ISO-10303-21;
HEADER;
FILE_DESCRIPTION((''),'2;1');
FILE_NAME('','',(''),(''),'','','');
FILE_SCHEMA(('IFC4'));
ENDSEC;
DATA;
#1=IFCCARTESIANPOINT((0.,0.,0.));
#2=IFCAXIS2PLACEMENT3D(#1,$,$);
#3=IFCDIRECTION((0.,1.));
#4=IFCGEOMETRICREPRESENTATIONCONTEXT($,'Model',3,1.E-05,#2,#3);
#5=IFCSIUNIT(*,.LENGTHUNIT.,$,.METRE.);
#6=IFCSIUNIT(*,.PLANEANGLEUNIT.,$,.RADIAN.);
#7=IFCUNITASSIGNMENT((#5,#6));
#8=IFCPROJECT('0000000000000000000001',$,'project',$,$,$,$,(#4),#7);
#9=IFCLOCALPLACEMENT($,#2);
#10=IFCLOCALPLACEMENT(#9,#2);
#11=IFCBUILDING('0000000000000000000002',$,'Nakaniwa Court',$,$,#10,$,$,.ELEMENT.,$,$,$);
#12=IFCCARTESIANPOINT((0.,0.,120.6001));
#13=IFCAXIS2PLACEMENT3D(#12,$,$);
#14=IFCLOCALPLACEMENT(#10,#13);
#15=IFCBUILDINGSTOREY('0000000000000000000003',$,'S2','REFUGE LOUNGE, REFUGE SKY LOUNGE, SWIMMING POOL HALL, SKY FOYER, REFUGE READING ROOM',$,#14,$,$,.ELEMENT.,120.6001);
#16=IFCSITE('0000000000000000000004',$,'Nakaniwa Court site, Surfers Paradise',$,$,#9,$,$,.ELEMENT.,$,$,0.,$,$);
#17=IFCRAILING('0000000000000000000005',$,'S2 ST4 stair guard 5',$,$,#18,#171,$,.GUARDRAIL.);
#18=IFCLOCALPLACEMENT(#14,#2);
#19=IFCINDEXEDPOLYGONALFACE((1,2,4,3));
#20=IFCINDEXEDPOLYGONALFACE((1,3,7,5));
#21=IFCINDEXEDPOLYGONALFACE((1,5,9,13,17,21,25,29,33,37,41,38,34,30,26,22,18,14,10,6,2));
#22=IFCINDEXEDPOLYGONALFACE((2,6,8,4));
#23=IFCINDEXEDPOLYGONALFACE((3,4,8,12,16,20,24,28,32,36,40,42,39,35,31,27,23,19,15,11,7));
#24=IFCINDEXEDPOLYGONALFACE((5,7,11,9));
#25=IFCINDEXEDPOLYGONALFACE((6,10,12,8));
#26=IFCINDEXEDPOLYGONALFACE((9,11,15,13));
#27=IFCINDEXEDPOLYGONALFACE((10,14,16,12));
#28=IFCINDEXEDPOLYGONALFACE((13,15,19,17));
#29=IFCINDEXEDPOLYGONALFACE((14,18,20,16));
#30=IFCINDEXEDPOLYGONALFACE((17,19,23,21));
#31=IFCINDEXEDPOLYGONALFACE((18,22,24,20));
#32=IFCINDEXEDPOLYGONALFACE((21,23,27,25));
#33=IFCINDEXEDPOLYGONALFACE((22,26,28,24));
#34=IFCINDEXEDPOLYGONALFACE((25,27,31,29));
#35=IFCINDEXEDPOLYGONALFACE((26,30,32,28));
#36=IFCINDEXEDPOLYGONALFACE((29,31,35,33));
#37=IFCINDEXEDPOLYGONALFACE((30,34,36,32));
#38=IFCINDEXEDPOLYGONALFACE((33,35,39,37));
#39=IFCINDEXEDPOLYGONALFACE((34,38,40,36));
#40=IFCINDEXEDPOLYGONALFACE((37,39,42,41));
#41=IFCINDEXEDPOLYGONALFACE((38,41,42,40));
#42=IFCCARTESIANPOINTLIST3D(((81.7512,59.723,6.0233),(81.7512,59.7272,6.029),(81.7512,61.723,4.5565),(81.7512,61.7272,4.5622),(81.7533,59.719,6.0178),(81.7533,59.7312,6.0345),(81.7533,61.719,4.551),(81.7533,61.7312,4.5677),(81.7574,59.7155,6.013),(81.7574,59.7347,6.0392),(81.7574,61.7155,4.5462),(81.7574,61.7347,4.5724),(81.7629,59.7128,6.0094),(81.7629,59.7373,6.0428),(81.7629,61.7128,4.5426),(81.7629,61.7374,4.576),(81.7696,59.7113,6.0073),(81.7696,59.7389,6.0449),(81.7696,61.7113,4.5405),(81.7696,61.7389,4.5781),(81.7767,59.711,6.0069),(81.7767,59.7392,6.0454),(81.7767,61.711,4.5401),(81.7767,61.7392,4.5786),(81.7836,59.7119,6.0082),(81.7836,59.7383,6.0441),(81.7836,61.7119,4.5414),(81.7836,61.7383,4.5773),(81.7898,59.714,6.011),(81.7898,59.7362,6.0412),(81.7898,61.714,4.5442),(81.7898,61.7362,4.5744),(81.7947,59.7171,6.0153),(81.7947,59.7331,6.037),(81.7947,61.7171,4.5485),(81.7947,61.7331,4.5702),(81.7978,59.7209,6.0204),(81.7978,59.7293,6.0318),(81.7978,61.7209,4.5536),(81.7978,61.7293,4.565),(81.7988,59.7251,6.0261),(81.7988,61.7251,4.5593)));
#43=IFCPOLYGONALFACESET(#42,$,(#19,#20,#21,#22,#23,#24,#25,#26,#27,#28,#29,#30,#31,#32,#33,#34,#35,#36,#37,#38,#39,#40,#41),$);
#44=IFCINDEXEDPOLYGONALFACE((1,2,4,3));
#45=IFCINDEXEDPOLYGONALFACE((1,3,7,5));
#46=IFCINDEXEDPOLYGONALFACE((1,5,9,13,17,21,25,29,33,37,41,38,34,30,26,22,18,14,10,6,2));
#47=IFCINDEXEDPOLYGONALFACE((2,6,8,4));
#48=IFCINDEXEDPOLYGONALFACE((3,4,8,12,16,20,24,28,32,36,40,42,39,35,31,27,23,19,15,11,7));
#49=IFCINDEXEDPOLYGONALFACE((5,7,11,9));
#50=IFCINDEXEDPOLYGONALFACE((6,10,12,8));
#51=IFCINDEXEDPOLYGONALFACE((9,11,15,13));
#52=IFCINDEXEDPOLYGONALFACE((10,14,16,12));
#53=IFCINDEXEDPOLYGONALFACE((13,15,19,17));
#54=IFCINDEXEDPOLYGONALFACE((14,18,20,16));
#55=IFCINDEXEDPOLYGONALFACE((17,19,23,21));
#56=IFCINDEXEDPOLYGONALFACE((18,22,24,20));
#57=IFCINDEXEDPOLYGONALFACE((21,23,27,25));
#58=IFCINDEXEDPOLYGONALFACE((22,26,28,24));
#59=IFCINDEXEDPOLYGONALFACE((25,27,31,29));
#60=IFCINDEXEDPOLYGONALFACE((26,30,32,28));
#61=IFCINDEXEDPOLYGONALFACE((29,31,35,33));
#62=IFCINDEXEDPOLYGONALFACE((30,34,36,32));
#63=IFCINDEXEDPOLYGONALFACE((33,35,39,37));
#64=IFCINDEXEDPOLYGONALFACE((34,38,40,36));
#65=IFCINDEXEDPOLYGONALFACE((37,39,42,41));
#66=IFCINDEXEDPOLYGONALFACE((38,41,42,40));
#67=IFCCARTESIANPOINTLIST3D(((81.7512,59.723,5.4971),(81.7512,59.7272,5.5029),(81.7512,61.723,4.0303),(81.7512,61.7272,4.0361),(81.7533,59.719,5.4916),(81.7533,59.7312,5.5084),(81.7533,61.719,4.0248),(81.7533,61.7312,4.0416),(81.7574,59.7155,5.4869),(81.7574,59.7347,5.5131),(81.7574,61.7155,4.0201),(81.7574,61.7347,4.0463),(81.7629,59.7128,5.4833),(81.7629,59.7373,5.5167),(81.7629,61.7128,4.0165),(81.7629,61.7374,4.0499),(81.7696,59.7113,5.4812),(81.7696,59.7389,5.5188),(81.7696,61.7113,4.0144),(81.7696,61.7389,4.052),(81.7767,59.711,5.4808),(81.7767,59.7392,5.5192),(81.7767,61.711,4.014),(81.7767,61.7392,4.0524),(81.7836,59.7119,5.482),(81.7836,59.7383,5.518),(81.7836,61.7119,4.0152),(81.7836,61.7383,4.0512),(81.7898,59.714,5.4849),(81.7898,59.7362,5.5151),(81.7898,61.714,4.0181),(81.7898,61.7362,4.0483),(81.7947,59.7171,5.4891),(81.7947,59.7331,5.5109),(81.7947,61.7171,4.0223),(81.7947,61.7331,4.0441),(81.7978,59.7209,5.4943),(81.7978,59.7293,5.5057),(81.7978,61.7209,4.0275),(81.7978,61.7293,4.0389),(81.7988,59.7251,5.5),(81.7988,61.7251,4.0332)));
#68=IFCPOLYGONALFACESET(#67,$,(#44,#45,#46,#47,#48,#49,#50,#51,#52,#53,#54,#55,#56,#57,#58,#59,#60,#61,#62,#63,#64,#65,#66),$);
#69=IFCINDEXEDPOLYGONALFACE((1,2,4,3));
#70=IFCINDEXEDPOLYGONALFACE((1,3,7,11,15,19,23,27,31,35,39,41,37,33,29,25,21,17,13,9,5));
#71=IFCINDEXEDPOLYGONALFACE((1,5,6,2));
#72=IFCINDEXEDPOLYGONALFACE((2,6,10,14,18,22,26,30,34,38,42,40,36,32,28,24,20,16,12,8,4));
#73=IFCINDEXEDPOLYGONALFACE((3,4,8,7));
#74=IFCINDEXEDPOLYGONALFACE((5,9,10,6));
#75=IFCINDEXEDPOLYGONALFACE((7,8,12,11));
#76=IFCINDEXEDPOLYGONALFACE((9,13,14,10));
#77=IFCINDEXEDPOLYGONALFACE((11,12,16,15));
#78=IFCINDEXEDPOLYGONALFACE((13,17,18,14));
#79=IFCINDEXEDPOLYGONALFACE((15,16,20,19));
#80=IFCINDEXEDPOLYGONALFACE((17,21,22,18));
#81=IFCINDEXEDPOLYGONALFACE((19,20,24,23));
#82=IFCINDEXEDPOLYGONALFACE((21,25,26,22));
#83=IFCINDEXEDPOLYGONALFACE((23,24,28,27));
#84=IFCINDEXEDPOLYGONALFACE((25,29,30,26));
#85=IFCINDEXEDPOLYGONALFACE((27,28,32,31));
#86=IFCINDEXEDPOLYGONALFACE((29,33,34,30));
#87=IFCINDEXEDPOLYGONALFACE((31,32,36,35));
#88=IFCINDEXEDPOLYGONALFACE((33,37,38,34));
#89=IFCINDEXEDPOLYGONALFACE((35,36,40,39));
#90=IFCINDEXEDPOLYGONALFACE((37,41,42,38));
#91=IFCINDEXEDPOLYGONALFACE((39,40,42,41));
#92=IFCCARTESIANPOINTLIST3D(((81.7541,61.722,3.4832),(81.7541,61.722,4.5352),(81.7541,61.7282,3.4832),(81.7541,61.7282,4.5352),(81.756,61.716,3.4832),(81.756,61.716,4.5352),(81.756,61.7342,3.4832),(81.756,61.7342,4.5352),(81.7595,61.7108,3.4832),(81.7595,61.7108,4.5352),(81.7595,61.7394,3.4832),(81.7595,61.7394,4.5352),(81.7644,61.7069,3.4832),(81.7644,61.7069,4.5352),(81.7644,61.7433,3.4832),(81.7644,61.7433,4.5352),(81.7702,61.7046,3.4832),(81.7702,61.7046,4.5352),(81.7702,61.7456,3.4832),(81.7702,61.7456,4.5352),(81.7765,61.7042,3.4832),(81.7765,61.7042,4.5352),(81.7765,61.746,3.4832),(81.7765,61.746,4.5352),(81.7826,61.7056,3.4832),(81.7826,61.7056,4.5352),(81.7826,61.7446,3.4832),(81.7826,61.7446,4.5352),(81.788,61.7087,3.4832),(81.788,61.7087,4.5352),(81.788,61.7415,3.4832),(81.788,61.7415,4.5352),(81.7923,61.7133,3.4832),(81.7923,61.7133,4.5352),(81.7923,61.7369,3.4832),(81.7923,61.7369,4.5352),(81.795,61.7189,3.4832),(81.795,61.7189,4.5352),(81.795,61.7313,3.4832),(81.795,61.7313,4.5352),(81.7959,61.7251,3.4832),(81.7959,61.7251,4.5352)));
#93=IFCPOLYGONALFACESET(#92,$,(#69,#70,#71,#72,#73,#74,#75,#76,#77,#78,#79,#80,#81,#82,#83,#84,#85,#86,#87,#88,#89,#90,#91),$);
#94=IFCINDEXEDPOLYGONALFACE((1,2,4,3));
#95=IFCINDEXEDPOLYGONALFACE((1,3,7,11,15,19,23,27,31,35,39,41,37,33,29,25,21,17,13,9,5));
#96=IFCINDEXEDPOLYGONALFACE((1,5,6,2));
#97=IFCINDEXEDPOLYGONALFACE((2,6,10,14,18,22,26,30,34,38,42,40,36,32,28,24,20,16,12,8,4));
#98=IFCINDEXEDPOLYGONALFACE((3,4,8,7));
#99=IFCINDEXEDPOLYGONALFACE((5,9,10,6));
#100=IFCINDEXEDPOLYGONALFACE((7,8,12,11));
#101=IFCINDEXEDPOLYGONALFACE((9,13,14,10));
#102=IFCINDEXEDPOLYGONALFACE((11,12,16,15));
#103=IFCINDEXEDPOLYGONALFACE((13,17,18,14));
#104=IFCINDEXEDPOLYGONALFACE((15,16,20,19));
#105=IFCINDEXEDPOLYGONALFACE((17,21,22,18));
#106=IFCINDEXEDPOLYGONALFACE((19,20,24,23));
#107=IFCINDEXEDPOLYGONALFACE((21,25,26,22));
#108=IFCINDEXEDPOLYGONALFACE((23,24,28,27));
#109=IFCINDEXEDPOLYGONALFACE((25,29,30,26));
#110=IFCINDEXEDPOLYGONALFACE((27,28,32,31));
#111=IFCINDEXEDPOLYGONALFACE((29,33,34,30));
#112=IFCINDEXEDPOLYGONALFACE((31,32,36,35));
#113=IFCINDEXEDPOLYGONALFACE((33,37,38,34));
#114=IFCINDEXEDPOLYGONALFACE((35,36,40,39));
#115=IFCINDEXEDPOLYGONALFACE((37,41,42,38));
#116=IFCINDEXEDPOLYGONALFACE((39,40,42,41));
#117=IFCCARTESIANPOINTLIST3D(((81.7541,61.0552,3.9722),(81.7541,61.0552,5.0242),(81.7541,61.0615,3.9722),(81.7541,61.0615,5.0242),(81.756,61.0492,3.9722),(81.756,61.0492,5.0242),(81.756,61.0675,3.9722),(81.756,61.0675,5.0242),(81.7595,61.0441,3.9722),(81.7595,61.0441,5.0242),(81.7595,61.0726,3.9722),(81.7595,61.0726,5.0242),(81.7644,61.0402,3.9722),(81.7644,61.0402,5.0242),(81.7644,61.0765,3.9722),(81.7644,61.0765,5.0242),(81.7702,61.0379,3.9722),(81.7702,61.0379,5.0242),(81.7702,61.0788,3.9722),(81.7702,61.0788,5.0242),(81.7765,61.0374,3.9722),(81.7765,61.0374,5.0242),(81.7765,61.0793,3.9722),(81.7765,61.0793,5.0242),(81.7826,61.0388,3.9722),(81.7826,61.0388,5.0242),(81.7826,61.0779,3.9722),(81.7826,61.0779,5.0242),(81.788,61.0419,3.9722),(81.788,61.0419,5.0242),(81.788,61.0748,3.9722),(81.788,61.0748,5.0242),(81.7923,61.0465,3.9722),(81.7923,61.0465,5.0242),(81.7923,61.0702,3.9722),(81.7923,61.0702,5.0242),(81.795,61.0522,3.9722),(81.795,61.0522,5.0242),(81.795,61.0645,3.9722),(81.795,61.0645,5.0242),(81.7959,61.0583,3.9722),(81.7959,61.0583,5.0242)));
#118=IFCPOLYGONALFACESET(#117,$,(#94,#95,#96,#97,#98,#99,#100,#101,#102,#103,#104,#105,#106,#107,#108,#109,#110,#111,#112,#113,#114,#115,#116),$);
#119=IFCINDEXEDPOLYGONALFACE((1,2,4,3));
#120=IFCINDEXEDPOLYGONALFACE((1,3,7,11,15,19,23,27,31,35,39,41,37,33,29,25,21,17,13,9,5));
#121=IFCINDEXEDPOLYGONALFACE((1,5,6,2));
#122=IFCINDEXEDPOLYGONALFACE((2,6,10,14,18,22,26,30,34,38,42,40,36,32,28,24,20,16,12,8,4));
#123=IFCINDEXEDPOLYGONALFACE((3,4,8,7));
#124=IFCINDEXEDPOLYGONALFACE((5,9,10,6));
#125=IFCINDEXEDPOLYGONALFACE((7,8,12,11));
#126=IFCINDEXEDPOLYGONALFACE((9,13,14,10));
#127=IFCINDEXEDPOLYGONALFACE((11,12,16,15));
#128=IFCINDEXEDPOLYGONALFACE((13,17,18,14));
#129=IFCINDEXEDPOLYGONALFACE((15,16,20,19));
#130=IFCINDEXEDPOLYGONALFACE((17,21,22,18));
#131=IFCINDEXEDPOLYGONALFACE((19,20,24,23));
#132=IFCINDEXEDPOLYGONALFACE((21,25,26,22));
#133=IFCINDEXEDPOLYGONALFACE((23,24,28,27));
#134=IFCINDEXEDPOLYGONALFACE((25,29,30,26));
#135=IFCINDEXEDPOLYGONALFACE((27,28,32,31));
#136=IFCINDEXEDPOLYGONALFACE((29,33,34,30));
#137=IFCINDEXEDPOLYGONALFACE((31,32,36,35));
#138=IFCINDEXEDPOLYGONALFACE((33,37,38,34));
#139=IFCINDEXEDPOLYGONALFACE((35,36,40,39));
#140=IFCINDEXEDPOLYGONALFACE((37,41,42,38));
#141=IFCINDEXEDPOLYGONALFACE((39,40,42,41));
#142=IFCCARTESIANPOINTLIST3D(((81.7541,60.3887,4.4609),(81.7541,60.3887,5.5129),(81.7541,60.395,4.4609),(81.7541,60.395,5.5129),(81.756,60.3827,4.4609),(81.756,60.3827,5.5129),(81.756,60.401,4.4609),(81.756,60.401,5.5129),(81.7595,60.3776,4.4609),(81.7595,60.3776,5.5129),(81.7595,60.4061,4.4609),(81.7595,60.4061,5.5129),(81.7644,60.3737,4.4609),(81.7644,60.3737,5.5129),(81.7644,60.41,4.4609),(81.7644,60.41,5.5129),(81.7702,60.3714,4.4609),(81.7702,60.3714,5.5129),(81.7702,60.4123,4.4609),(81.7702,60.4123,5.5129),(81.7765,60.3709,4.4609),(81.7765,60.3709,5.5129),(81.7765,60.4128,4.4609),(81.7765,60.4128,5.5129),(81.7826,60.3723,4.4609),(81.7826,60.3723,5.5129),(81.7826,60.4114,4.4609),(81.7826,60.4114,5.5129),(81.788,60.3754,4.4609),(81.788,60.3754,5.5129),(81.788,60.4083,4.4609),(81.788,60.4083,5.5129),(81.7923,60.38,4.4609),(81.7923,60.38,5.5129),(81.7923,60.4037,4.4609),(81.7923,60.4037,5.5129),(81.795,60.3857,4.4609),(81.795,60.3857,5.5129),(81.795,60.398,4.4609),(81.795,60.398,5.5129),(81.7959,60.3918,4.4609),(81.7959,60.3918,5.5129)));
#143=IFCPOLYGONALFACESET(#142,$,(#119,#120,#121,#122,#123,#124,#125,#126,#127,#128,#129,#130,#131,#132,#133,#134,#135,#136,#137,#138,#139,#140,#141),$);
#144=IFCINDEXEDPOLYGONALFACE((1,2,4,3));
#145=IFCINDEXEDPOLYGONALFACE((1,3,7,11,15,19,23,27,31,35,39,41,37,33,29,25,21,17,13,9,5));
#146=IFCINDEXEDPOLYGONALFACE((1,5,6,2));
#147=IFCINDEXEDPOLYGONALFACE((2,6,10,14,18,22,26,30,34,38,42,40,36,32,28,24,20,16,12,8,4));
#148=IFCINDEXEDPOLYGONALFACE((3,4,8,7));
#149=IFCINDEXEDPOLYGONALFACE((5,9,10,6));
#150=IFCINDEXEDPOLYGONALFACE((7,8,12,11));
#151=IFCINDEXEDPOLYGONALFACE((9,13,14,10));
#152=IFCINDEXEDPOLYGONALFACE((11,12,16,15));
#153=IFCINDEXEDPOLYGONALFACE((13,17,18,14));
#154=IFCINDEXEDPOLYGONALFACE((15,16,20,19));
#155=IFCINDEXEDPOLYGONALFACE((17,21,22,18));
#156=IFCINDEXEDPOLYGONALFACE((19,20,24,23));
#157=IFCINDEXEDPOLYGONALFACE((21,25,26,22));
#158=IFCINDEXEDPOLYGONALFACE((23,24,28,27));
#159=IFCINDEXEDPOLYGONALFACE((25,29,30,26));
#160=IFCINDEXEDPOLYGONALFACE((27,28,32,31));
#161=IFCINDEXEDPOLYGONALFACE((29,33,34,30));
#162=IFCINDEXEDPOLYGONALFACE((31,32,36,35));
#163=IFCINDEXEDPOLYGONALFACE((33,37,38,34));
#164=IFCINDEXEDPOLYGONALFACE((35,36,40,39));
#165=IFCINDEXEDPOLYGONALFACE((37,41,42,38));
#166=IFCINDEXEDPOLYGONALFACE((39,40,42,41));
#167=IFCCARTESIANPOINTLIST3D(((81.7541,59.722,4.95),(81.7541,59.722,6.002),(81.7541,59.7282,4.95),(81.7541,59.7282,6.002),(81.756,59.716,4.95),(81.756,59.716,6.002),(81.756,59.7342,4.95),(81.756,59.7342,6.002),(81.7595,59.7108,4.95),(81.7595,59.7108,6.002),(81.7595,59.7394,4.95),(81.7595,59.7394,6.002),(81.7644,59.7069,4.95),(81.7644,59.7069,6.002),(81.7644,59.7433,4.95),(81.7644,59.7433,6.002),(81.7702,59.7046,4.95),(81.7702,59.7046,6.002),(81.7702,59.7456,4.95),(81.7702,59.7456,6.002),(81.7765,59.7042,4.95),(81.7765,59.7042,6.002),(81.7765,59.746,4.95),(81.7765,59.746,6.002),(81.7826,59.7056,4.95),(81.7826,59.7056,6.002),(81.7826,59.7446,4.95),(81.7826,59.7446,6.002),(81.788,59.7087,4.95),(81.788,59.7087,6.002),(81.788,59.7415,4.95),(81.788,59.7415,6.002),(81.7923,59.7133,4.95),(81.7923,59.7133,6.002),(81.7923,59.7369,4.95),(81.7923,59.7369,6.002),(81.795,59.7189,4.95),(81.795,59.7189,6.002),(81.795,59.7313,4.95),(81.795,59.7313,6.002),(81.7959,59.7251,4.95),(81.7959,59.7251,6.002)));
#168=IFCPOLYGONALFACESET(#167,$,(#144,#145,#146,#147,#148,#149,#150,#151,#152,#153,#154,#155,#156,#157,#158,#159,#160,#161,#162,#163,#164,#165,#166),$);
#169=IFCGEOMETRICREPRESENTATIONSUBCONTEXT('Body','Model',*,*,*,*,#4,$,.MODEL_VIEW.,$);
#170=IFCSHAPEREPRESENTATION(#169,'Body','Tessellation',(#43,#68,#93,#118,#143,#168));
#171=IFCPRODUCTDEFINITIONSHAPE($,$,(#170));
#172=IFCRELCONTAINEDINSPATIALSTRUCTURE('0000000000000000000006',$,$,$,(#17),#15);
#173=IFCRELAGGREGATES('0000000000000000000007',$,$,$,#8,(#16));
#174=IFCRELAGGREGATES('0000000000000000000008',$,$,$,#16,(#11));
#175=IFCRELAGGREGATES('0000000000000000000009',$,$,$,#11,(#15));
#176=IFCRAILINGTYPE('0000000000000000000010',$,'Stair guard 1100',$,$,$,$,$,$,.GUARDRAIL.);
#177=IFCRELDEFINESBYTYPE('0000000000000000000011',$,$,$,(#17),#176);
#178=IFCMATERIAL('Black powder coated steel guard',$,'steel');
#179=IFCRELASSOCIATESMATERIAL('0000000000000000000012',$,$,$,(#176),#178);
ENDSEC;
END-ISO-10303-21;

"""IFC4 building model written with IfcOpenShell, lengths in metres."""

from ifc_helpers import new_model, si_unit, direction, frame, origin, origin_2d, place, context, subcontext, project, spatial, circle, extrude, material, type_object, element, save


model = new_model("IFC4")

# Units and contexts
model_context = context("Model", 3, precision=1e-05, world=origin(), true_north=direction((0.0, 1.0)))
body_context = subcontext(model_context, "Body", "Model", "MODEL_VIEW")
ifc_project = project(units=[si_unit("LENGTHUNIT", "METRE"), si_unit("PLANEANGLEUNIT", "RADIAN")], contexts=[model_context])

# Site, building, storey
site_placement = place(None, origin())
site = spatial("IfcSite", under=ifc_project, at=site_placement, Name="Nakaniwa Court site, Surfers Paradise", CompositionType="ELEMENT", RefElevation=0.0)
building_placement = place(site_placement, origin())
building = spatial("IfcBuilding", under=site, at=building_placement, Name="Nakaniwa Court", CompositionType="ELEMENT")
storey_placement = place(building_placement, frame((0.0, 0.0, 120.6001)))
storey = spatial("IfcBuildingStorey", under=building, at=storey_placement, Name="S2", Description="REFUGE LOUNGE, REFUGE SKY LOUNGE, SWIMMING POOL HALL, SKY FOYER, REFUGE READING ROOM", CompositionType="ELEMENT", Elevation=120.6001)

# Railing
ifc_material_1 = material(Name="Black powder coated steel guard", Category="steel")
railing_type_1 = type_object("IfcRailingType", Name="Stair guard 1100", PredefinedType="GUARDRAIL", material=ifc_material_1)
railing_1_placement = place(storey_placement, frame((81.7749, 61.7251, 3.4832)))
element("IfcRailing", 1, at=railing_1_placement, inside=storey, type_object=railing_type_1, Name="S2 ST4 stair guard 5", PredefinedType="GUARDRAIL", context=body_context, shape_type="SweptSolid", body=[
    extrude(circle(Radius=0.0239, at=origin_2d()), frame((0.0, 0.0, 1.0762), z_axis=(0.0, -0.80638, 0.591398), x_axis=(1.0, 0.0, 0.0)), (0.0, 0.0, 1.0), 2.4802),
    extrude(circle(Radius=0.0239, at=origin_2d()), frame((0.0, 0.0, 0.55), z_axis=(0.0, -0.80638, 0.591398), x_axis=(1.0, 0.0, 0.0)), (0.0, 0.0, 1.0), 2.4802),
    extrude(circle(Radius=0.021, at=origin_2d()), origin(), (0.0, 0.0, 1.0), 1.052),
    extrude(circle(Radius=0.021, at=origin_2d()), frame((0.0, -0.6667, 0.489)), (0.0, 0.0, 1.0), 1.052),
    extrude(circle(Radius=0.021, at=origin_2d()), frame((0.0, -1.3333, 0.9778)), (0.0, 0.0, 1.0), 1.052),
    extrude(circle(Radius=0.021, at=origin_2d()), frame((0.0, -2.0, 1.4668)), (0.0, 0.0, 1.0), 1.052),
])

save(model, "model.ifc")
